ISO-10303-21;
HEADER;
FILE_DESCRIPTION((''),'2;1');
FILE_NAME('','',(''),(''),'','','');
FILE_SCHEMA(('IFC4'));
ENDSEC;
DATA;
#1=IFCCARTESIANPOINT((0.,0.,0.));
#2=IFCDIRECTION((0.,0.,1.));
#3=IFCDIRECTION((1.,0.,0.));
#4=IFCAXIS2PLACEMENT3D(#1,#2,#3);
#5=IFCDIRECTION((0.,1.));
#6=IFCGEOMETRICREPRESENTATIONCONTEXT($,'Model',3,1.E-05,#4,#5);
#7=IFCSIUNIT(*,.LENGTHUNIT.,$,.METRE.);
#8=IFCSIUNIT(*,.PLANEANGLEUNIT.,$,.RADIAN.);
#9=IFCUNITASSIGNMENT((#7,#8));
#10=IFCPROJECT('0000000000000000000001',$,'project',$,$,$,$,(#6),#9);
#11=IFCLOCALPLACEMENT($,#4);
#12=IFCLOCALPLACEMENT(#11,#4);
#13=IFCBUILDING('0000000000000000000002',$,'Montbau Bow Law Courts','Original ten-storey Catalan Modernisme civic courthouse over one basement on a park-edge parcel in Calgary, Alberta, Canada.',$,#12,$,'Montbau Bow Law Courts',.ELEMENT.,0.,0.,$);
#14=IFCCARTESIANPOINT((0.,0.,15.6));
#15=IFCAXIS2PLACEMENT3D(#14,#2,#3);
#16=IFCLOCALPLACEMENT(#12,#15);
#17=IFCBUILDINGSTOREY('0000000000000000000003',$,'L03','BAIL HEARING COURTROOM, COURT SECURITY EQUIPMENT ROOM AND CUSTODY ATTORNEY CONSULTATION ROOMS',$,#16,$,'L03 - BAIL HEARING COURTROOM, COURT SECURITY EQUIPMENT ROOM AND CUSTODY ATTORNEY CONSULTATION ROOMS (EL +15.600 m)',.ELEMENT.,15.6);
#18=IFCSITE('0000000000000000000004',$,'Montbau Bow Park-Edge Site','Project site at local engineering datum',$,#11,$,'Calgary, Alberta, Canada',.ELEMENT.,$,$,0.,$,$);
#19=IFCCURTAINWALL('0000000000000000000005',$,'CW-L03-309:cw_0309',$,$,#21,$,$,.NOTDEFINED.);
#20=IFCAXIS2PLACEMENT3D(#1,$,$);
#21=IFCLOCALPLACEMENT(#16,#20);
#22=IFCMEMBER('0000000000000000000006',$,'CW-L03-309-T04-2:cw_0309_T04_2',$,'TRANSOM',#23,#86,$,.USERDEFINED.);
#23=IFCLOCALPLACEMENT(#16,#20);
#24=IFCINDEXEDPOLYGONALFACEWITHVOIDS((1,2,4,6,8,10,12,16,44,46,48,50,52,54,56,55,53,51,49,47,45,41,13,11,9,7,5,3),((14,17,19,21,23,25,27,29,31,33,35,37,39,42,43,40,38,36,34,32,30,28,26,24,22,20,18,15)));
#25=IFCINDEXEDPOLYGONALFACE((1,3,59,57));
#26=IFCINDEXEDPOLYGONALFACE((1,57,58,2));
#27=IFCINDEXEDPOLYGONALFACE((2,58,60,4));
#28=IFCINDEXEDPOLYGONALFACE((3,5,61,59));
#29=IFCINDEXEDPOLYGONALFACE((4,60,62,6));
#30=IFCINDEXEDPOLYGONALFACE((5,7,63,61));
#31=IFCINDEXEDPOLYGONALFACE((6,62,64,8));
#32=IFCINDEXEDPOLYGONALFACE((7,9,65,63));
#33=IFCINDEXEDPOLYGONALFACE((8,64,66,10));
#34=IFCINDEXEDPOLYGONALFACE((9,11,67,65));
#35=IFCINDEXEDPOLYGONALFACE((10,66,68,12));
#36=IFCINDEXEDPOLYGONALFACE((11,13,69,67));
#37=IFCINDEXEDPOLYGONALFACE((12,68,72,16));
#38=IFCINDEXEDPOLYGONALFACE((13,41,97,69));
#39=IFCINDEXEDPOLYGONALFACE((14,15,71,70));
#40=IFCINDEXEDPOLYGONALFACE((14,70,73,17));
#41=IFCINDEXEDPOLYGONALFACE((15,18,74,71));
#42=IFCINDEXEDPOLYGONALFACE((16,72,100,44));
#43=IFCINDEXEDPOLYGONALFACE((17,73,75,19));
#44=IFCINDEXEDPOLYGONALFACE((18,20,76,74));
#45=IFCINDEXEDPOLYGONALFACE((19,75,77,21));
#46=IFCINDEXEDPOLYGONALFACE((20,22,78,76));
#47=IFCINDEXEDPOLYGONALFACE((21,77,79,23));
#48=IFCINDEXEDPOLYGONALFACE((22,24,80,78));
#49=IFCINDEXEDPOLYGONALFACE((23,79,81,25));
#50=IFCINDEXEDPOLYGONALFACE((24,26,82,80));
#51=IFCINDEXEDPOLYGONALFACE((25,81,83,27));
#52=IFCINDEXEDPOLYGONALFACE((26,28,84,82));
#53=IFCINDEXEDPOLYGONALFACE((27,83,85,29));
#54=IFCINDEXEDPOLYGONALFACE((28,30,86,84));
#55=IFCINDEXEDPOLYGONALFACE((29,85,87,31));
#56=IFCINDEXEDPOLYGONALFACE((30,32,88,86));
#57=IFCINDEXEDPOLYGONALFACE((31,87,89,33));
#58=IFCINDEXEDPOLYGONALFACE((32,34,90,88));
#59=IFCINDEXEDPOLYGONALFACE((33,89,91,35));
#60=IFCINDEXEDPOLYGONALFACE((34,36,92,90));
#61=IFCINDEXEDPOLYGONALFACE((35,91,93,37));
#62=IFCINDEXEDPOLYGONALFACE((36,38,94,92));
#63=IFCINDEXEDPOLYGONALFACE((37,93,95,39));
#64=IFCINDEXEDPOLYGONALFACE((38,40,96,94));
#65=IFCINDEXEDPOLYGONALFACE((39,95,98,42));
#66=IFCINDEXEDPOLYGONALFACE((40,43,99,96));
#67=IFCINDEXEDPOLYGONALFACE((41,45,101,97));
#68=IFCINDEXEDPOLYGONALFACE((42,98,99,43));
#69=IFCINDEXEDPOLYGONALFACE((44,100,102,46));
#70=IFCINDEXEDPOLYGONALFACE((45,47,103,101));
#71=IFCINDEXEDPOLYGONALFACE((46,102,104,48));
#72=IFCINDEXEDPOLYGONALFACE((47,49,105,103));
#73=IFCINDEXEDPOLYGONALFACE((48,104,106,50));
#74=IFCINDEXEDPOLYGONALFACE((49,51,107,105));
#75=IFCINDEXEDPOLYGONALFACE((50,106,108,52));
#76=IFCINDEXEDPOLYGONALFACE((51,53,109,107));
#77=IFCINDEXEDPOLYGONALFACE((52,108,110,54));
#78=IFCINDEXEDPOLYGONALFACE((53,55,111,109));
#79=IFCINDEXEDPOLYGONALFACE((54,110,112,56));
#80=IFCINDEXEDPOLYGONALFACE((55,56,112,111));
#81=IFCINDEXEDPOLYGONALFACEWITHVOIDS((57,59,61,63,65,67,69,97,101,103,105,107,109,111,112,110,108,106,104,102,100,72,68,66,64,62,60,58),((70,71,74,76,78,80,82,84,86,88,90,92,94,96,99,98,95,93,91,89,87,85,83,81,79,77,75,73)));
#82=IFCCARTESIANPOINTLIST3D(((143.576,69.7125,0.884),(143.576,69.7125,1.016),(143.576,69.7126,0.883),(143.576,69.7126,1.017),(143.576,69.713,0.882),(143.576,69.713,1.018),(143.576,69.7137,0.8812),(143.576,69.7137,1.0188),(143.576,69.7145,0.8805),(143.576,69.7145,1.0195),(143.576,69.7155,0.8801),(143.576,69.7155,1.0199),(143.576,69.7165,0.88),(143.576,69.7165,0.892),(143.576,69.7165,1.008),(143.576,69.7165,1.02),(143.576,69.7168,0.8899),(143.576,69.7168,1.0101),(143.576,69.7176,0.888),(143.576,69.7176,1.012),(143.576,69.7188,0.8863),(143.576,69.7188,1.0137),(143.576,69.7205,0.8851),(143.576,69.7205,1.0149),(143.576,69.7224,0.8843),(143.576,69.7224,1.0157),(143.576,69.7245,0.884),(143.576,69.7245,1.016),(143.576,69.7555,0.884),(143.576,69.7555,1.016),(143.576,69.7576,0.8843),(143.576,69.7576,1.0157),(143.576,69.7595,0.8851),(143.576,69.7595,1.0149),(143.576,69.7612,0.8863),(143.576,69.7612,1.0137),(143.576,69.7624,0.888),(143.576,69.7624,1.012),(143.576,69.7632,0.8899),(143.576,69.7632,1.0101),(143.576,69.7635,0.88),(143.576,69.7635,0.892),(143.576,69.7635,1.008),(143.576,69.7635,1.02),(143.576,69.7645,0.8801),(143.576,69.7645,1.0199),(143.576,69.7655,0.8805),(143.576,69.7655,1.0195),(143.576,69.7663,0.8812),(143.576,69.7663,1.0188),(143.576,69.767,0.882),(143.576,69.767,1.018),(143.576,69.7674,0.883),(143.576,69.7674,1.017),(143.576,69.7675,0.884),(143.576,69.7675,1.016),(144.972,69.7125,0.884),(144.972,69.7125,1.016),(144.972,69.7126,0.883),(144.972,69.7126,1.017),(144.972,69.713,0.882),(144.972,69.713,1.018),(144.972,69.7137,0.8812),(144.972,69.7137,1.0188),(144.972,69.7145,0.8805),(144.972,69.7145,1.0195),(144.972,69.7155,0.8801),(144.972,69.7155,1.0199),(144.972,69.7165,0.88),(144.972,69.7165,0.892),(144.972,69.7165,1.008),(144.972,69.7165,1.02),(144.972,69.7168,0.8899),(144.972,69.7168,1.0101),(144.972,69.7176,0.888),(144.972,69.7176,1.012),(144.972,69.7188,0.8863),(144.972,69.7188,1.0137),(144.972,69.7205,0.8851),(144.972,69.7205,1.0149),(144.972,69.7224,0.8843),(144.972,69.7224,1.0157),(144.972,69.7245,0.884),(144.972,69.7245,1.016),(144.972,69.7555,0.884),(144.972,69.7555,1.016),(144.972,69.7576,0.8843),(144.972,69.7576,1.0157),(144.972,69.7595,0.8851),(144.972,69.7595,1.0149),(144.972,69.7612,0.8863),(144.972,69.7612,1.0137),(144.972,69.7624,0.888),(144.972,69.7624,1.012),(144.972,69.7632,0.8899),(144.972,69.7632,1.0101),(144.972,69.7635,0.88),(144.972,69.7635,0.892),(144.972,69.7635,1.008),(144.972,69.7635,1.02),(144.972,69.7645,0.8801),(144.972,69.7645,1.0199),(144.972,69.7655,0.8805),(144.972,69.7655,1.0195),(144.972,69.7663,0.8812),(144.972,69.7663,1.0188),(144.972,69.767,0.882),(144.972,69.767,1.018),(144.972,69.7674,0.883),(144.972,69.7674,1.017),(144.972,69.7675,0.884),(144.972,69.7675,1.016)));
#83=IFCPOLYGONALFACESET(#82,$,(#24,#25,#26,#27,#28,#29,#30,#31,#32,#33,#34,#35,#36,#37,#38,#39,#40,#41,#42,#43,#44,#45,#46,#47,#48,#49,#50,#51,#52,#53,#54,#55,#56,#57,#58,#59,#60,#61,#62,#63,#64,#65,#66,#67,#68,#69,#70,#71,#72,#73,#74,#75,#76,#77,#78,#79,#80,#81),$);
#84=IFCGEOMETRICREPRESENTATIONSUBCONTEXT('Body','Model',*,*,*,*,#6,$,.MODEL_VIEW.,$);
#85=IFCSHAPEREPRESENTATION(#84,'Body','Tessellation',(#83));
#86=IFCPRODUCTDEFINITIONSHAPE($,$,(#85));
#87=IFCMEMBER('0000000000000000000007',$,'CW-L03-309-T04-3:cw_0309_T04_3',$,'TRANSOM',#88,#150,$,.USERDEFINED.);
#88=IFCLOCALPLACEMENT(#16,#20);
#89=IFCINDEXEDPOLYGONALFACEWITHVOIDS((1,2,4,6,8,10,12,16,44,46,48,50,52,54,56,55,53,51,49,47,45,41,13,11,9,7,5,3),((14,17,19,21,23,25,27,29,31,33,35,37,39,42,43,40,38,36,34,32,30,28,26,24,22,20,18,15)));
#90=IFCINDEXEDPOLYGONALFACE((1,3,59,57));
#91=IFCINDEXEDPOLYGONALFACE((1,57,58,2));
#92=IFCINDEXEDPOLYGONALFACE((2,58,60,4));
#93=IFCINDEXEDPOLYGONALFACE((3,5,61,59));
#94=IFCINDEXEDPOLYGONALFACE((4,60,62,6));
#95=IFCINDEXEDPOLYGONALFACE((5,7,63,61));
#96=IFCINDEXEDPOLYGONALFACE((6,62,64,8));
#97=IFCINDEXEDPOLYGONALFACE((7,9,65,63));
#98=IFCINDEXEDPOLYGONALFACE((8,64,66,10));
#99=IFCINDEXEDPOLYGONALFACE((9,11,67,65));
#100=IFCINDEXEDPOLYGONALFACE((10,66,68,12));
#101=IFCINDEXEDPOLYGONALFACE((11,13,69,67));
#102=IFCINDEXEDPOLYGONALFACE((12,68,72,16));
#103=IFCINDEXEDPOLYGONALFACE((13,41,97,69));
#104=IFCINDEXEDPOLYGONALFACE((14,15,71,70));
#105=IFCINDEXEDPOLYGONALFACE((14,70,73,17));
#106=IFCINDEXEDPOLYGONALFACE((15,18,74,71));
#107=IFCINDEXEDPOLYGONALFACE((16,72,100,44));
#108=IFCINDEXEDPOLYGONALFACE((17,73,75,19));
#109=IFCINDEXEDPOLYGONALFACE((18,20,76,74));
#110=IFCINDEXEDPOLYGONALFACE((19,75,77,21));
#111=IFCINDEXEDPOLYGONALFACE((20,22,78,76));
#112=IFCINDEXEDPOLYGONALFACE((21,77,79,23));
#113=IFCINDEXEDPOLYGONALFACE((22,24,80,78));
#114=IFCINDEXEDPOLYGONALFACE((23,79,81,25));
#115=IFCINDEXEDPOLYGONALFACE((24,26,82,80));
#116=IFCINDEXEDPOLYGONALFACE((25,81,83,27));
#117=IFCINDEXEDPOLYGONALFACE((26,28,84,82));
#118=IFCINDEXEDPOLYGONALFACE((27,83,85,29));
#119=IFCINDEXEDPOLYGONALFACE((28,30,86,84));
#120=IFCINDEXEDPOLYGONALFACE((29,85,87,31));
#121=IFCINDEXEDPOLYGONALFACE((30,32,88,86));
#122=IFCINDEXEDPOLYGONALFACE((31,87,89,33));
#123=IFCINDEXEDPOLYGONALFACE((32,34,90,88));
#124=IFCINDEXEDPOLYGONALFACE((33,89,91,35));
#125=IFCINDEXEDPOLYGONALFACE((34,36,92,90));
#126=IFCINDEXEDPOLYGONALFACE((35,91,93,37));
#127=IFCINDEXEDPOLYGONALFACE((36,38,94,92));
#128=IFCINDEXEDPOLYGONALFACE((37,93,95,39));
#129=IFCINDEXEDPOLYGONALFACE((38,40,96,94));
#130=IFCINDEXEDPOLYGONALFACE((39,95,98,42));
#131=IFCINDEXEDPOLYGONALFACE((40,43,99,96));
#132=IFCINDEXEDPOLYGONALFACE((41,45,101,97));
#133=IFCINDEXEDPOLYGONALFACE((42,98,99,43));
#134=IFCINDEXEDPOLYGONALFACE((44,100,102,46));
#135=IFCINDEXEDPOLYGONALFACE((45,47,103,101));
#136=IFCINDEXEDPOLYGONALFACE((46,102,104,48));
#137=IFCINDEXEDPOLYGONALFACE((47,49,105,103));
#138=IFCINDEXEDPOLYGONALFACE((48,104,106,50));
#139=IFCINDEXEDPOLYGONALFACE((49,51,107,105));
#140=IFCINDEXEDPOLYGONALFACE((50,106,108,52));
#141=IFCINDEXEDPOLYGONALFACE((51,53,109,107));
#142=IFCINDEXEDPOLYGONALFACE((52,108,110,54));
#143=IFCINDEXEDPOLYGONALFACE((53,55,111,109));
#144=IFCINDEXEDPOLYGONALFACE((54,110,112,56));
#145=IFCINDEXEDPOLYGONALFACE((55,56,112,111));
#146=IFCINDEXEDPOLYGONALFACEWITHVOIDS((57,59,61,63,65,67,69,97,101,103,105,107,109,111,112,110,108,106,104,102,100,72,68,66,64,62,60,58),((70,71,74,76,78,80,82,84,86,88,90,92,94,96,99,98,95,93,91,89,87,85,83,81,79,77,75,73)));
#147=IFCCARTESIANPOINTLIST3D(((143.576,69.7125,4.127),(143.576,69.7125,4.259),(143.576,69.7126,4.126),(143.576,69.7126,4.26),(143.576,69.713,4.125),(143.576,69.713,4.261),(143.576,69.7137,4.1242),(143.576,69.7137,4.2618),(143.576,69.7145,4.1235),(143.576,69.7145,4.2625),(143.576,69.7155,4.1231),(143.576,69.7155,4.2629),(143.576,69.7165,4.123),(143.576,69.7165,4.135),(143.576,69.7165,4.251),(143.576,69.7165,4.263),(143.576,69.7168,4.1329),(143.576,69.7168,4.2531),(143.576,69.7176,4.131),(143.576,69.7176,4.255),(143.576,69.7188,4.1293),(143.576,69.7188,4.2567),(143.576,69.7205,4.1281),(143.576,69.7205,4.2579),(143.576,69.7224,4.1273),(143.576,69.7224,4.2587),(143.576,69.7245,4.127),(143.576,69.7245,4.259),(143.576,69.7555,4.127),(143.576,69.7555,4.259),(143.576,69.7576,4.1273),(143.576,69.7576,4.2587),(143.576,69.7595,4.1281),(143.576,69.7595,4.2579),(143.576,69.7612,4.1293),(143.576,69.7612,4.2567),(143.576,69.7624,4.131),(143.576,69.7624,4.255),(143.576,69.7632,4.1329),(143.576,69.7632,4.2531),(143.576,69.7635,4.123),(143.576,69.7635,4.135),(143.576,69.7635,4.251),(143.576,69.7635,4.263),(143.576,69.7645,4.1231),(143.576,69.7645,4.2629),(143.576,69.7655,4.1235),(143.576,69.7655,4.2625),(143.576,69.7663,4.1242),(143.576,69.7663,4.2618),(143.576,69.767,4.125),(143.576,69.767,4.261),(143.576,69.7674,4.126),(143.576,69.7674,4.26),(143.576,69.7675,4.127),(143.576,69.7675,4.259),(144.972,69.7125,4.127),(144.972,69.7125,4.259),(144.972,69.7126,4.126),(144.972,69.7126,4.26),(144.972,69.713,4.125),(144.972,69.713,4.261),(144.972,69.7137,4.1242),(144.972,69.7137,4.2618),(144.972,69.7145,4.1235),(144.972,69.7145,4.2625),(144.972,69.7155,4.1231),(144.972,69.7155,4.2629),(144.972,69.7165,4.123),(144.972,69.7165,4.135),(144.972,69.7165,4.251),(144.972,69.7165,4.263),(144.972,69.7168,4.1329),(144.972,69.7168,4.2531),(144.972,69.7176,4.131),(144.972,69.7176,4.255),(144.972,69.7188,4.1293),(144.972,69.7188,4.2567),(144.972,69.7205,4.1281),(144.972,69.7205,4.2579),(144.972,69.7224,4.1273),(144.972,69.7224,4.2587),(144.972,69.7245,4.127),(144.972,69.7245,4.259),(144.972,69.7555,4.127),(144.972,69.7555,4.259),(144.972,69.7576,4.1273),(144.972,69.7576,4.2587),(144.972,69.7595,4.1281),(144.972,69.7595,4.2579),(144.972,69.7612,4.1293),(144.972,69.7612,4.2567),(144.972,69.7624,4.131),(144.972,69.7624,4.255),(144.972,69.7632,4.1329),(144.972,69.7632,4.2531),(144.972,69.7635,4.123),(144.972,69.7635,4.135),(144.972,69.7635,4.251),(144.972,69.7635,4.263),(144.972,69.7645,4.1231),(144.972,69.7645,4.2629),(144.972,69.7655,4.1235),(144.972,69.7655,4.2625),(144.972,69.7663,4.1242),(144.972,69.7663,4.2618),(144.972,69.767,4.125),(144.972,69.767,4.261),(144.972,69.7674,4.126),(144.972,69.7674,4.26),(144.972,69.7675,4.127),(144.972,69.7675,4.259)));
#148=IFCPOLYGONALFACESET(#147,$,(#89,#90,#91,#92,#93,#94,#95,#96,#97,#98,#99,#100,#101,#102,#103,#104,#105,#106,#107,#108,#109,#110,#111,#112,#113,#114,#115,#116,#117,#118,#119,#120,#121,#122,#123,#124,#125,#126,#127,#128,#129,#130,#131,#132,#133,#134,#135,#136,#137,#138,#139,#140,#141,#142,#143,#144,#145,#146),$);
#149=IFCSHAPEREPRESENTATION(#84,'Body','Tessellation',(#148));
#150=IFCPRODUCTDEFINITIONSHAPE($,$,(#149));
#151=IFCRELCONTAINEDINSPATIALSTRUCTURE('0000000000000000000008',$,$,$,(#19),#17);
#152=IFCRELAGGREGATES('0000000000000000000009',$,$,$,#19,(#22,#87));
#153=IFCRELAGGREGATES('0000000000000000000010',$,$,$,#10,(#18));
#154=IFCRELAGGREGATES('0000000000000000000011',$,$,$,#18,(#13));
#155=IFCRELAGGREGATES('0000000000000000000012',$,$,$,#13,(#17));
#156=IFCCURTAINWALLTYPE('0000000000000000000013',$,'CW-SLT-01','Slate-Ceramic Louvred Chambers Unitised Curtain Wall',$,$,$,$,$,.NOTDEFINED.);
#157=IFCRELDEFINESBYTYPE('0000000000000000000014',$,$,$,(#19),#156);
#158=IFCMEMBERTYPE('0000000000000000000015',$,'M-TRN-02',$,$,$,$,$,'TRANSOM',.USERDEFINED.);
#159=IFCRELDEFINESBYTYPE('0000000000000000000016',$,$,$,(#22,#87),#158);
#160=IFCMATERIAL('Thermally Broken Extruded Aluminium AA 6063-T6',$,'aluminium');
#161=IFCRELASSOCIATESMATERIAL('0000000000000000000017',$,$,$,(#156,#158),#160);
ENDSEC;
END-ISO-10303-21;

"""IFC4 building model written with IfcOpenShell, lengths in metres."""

from ifc_helpers import new_model, si_unit, direction, frame, origin_with_axes, origin_2d_with_axis, place, context, subcontext, project, spatial, hollow_rectangle, extrude, material, material_profile, profile_set, type_object, element, aggregate, save


model = new_model("IFC4")

# Units and contexts
model_context = context("Model", 3, precision=1e-05, world=origin_with_axes(), true_north=direction((0.0, 1.0)))
body_context = subcontext(model_context, "Body", "Model", "MODEL_VIEW")
ifc_project = project(units=[si_unit("LENGTHUNIT", "METRE"), si_unit("PLANEANGLEUNIT", "RADIAN")], contexts=[model_context])

# Site, building, storey
site_placement = place(None, origin_with_axes())
site = spatial("IfcSite", under=ifc_project, at=site_placement, Name="Montbau Bow Park-Edge Site", Description="Project site at local engineering datum", LongName="Calgary, Alberta, Canada", CompositionType="ELEMENT", RefElevation=0.0)
building_placement = place(site_placement, origin_with_axes())
building = spatial("IfcBuilding", under=site, at=building_placement, Name="Montbau Bow Law Courts", Description="Original ten-storey Catalan Modernisme civic courthouse over one basement on a park-edge parcel in Calgary, Alberta, Canada.", LongName="Montbau Bow Law Courts", CompositionType="ELEMENT", ElevationOfRefHeight=0.0, ElevationOfTerrain=0.0)
storey_placement = place(building_placement, frame((0.0, 0.0, 15.6), z_axis=(0.0, 0.0, 1.0), x_axis=(1.0, 0.0, 0.0)))
storey = spatial("IfcBuildingStorey", under=building, at=storey_placement, Name="L03", Description="BAIL HEARING COURTROOM, COURT SECURITY EQUIPMENT ROOM AND CUSTODY ATTORNEY CONSULTATION ROOMS", LongName="L03 - BAIL HEARING COURTROOM, COURT SECURITY EQUIPMENT ROOM AND CUSTODY ATTORNEY CONSULTATION ROOMS (EL +15.600 m)", CompositionType="ELEMENT", Elevation=15.6)

# Curtain wall, members
ifc_material_1 = material(Name="Thermally Broken Extruded Aluminium AA 6063-T6", Category="aluminium")
curtain_wall_type = type_object("IfcCurtainWallType", Name="CW-SLT-01", Description="Slate-Ceramic Louvred Chambers Unitised Curtain Wall", PredefinedType="NOTDEFINED", material=ifc_material_1)
curtain_wall_placement = place(None, frame((139.115, 69.74, 15.6), z_axis=(0.0, 0.0, 1.0), x_axis=(1.0, 0.0, 0.0)))
curtain_wall = element("IfcCurtainWall", 1, at=curtain_wall_placement, inside=storey, type_object=curtain_wall_type, Name="CW-L03-309:cw_0309", PredefinedType="NOTDEFINED")
ifc_material_profile_1 = material_profile(ifc_material_1, hollow_rectangle(XDim=0.055, YDim=0.14, WallThickness=0.004, InnerFilletRadius=0.008, OuterFilletRadius=0.004, at=origin_2d_with_axis()), Name="CWT-140X55", Category="Main", Priority=0)
ifc_profile_set_1 = profile_set([ifc_material_profile_1], Name="Thermally Broken Extruded Aluminium AA 6063-T6")
member_type_1 = type_object("IfcMemberType", Name="M-TRN-02", ElementType="TRANSOM", PredefinedType="USERDEFINED", material=ifc_profile_set_1)
member_1_placement = place(None, frame((143.576, 69.74, 16.55), z_axis=(1.0, 0.0, 0.0), x_axis=(0.0, 1.0, 0.0)))
member_1 = element("IfcMember", 2, at=member_1_placement, type_object=member_type_1, Name="CW-L03-309-T04-2:cw_0309_T04_2", ObjectType="TRANSOM", PredefinedType="USERDEFINED", context=body_context, shape_type="SweptSolid", body=[
    extrude(hollow_rectangle(XDim=0.055, YDim=0.14, WallThickness=0.004, InnerFilletRadius=0.008, OuterFilletRadius=0.004, at=origin_2d_with_axis()), origin_with_axes(), (0.0, 0.0, 1.0), 1.396),
])
member_2_placement = place(None, frame((143.576, 69.74, 19.793), z_axis=(1.0, 0.0, 0.0), x_axis=(0.0, 1.0, 0.0)))
member_2 = element("IfcMember", 3, at=member_2_placement, type_object=member_type_1, Name="CW-L03-309-T04-3:cw_0309_T04_3", ObjectType="TRANSOM", PredefinedType="USERDEFINED", context=body_context, shape_type="SweptSolid", body=[
    extrude(hollow_rectangle(XDim=0.055, YDim=0.14, WallThickness=0.004, InnerFilletRadius=0.008, OuterFilletRadius=0.004, at=origin_2d_with_axis()), origin_with_axes(), (0.0, 0.0, 1.0), 1.396),
])
aggregate(curtain_wall, [member_1, member_2])

save(model, "model.ifc")
